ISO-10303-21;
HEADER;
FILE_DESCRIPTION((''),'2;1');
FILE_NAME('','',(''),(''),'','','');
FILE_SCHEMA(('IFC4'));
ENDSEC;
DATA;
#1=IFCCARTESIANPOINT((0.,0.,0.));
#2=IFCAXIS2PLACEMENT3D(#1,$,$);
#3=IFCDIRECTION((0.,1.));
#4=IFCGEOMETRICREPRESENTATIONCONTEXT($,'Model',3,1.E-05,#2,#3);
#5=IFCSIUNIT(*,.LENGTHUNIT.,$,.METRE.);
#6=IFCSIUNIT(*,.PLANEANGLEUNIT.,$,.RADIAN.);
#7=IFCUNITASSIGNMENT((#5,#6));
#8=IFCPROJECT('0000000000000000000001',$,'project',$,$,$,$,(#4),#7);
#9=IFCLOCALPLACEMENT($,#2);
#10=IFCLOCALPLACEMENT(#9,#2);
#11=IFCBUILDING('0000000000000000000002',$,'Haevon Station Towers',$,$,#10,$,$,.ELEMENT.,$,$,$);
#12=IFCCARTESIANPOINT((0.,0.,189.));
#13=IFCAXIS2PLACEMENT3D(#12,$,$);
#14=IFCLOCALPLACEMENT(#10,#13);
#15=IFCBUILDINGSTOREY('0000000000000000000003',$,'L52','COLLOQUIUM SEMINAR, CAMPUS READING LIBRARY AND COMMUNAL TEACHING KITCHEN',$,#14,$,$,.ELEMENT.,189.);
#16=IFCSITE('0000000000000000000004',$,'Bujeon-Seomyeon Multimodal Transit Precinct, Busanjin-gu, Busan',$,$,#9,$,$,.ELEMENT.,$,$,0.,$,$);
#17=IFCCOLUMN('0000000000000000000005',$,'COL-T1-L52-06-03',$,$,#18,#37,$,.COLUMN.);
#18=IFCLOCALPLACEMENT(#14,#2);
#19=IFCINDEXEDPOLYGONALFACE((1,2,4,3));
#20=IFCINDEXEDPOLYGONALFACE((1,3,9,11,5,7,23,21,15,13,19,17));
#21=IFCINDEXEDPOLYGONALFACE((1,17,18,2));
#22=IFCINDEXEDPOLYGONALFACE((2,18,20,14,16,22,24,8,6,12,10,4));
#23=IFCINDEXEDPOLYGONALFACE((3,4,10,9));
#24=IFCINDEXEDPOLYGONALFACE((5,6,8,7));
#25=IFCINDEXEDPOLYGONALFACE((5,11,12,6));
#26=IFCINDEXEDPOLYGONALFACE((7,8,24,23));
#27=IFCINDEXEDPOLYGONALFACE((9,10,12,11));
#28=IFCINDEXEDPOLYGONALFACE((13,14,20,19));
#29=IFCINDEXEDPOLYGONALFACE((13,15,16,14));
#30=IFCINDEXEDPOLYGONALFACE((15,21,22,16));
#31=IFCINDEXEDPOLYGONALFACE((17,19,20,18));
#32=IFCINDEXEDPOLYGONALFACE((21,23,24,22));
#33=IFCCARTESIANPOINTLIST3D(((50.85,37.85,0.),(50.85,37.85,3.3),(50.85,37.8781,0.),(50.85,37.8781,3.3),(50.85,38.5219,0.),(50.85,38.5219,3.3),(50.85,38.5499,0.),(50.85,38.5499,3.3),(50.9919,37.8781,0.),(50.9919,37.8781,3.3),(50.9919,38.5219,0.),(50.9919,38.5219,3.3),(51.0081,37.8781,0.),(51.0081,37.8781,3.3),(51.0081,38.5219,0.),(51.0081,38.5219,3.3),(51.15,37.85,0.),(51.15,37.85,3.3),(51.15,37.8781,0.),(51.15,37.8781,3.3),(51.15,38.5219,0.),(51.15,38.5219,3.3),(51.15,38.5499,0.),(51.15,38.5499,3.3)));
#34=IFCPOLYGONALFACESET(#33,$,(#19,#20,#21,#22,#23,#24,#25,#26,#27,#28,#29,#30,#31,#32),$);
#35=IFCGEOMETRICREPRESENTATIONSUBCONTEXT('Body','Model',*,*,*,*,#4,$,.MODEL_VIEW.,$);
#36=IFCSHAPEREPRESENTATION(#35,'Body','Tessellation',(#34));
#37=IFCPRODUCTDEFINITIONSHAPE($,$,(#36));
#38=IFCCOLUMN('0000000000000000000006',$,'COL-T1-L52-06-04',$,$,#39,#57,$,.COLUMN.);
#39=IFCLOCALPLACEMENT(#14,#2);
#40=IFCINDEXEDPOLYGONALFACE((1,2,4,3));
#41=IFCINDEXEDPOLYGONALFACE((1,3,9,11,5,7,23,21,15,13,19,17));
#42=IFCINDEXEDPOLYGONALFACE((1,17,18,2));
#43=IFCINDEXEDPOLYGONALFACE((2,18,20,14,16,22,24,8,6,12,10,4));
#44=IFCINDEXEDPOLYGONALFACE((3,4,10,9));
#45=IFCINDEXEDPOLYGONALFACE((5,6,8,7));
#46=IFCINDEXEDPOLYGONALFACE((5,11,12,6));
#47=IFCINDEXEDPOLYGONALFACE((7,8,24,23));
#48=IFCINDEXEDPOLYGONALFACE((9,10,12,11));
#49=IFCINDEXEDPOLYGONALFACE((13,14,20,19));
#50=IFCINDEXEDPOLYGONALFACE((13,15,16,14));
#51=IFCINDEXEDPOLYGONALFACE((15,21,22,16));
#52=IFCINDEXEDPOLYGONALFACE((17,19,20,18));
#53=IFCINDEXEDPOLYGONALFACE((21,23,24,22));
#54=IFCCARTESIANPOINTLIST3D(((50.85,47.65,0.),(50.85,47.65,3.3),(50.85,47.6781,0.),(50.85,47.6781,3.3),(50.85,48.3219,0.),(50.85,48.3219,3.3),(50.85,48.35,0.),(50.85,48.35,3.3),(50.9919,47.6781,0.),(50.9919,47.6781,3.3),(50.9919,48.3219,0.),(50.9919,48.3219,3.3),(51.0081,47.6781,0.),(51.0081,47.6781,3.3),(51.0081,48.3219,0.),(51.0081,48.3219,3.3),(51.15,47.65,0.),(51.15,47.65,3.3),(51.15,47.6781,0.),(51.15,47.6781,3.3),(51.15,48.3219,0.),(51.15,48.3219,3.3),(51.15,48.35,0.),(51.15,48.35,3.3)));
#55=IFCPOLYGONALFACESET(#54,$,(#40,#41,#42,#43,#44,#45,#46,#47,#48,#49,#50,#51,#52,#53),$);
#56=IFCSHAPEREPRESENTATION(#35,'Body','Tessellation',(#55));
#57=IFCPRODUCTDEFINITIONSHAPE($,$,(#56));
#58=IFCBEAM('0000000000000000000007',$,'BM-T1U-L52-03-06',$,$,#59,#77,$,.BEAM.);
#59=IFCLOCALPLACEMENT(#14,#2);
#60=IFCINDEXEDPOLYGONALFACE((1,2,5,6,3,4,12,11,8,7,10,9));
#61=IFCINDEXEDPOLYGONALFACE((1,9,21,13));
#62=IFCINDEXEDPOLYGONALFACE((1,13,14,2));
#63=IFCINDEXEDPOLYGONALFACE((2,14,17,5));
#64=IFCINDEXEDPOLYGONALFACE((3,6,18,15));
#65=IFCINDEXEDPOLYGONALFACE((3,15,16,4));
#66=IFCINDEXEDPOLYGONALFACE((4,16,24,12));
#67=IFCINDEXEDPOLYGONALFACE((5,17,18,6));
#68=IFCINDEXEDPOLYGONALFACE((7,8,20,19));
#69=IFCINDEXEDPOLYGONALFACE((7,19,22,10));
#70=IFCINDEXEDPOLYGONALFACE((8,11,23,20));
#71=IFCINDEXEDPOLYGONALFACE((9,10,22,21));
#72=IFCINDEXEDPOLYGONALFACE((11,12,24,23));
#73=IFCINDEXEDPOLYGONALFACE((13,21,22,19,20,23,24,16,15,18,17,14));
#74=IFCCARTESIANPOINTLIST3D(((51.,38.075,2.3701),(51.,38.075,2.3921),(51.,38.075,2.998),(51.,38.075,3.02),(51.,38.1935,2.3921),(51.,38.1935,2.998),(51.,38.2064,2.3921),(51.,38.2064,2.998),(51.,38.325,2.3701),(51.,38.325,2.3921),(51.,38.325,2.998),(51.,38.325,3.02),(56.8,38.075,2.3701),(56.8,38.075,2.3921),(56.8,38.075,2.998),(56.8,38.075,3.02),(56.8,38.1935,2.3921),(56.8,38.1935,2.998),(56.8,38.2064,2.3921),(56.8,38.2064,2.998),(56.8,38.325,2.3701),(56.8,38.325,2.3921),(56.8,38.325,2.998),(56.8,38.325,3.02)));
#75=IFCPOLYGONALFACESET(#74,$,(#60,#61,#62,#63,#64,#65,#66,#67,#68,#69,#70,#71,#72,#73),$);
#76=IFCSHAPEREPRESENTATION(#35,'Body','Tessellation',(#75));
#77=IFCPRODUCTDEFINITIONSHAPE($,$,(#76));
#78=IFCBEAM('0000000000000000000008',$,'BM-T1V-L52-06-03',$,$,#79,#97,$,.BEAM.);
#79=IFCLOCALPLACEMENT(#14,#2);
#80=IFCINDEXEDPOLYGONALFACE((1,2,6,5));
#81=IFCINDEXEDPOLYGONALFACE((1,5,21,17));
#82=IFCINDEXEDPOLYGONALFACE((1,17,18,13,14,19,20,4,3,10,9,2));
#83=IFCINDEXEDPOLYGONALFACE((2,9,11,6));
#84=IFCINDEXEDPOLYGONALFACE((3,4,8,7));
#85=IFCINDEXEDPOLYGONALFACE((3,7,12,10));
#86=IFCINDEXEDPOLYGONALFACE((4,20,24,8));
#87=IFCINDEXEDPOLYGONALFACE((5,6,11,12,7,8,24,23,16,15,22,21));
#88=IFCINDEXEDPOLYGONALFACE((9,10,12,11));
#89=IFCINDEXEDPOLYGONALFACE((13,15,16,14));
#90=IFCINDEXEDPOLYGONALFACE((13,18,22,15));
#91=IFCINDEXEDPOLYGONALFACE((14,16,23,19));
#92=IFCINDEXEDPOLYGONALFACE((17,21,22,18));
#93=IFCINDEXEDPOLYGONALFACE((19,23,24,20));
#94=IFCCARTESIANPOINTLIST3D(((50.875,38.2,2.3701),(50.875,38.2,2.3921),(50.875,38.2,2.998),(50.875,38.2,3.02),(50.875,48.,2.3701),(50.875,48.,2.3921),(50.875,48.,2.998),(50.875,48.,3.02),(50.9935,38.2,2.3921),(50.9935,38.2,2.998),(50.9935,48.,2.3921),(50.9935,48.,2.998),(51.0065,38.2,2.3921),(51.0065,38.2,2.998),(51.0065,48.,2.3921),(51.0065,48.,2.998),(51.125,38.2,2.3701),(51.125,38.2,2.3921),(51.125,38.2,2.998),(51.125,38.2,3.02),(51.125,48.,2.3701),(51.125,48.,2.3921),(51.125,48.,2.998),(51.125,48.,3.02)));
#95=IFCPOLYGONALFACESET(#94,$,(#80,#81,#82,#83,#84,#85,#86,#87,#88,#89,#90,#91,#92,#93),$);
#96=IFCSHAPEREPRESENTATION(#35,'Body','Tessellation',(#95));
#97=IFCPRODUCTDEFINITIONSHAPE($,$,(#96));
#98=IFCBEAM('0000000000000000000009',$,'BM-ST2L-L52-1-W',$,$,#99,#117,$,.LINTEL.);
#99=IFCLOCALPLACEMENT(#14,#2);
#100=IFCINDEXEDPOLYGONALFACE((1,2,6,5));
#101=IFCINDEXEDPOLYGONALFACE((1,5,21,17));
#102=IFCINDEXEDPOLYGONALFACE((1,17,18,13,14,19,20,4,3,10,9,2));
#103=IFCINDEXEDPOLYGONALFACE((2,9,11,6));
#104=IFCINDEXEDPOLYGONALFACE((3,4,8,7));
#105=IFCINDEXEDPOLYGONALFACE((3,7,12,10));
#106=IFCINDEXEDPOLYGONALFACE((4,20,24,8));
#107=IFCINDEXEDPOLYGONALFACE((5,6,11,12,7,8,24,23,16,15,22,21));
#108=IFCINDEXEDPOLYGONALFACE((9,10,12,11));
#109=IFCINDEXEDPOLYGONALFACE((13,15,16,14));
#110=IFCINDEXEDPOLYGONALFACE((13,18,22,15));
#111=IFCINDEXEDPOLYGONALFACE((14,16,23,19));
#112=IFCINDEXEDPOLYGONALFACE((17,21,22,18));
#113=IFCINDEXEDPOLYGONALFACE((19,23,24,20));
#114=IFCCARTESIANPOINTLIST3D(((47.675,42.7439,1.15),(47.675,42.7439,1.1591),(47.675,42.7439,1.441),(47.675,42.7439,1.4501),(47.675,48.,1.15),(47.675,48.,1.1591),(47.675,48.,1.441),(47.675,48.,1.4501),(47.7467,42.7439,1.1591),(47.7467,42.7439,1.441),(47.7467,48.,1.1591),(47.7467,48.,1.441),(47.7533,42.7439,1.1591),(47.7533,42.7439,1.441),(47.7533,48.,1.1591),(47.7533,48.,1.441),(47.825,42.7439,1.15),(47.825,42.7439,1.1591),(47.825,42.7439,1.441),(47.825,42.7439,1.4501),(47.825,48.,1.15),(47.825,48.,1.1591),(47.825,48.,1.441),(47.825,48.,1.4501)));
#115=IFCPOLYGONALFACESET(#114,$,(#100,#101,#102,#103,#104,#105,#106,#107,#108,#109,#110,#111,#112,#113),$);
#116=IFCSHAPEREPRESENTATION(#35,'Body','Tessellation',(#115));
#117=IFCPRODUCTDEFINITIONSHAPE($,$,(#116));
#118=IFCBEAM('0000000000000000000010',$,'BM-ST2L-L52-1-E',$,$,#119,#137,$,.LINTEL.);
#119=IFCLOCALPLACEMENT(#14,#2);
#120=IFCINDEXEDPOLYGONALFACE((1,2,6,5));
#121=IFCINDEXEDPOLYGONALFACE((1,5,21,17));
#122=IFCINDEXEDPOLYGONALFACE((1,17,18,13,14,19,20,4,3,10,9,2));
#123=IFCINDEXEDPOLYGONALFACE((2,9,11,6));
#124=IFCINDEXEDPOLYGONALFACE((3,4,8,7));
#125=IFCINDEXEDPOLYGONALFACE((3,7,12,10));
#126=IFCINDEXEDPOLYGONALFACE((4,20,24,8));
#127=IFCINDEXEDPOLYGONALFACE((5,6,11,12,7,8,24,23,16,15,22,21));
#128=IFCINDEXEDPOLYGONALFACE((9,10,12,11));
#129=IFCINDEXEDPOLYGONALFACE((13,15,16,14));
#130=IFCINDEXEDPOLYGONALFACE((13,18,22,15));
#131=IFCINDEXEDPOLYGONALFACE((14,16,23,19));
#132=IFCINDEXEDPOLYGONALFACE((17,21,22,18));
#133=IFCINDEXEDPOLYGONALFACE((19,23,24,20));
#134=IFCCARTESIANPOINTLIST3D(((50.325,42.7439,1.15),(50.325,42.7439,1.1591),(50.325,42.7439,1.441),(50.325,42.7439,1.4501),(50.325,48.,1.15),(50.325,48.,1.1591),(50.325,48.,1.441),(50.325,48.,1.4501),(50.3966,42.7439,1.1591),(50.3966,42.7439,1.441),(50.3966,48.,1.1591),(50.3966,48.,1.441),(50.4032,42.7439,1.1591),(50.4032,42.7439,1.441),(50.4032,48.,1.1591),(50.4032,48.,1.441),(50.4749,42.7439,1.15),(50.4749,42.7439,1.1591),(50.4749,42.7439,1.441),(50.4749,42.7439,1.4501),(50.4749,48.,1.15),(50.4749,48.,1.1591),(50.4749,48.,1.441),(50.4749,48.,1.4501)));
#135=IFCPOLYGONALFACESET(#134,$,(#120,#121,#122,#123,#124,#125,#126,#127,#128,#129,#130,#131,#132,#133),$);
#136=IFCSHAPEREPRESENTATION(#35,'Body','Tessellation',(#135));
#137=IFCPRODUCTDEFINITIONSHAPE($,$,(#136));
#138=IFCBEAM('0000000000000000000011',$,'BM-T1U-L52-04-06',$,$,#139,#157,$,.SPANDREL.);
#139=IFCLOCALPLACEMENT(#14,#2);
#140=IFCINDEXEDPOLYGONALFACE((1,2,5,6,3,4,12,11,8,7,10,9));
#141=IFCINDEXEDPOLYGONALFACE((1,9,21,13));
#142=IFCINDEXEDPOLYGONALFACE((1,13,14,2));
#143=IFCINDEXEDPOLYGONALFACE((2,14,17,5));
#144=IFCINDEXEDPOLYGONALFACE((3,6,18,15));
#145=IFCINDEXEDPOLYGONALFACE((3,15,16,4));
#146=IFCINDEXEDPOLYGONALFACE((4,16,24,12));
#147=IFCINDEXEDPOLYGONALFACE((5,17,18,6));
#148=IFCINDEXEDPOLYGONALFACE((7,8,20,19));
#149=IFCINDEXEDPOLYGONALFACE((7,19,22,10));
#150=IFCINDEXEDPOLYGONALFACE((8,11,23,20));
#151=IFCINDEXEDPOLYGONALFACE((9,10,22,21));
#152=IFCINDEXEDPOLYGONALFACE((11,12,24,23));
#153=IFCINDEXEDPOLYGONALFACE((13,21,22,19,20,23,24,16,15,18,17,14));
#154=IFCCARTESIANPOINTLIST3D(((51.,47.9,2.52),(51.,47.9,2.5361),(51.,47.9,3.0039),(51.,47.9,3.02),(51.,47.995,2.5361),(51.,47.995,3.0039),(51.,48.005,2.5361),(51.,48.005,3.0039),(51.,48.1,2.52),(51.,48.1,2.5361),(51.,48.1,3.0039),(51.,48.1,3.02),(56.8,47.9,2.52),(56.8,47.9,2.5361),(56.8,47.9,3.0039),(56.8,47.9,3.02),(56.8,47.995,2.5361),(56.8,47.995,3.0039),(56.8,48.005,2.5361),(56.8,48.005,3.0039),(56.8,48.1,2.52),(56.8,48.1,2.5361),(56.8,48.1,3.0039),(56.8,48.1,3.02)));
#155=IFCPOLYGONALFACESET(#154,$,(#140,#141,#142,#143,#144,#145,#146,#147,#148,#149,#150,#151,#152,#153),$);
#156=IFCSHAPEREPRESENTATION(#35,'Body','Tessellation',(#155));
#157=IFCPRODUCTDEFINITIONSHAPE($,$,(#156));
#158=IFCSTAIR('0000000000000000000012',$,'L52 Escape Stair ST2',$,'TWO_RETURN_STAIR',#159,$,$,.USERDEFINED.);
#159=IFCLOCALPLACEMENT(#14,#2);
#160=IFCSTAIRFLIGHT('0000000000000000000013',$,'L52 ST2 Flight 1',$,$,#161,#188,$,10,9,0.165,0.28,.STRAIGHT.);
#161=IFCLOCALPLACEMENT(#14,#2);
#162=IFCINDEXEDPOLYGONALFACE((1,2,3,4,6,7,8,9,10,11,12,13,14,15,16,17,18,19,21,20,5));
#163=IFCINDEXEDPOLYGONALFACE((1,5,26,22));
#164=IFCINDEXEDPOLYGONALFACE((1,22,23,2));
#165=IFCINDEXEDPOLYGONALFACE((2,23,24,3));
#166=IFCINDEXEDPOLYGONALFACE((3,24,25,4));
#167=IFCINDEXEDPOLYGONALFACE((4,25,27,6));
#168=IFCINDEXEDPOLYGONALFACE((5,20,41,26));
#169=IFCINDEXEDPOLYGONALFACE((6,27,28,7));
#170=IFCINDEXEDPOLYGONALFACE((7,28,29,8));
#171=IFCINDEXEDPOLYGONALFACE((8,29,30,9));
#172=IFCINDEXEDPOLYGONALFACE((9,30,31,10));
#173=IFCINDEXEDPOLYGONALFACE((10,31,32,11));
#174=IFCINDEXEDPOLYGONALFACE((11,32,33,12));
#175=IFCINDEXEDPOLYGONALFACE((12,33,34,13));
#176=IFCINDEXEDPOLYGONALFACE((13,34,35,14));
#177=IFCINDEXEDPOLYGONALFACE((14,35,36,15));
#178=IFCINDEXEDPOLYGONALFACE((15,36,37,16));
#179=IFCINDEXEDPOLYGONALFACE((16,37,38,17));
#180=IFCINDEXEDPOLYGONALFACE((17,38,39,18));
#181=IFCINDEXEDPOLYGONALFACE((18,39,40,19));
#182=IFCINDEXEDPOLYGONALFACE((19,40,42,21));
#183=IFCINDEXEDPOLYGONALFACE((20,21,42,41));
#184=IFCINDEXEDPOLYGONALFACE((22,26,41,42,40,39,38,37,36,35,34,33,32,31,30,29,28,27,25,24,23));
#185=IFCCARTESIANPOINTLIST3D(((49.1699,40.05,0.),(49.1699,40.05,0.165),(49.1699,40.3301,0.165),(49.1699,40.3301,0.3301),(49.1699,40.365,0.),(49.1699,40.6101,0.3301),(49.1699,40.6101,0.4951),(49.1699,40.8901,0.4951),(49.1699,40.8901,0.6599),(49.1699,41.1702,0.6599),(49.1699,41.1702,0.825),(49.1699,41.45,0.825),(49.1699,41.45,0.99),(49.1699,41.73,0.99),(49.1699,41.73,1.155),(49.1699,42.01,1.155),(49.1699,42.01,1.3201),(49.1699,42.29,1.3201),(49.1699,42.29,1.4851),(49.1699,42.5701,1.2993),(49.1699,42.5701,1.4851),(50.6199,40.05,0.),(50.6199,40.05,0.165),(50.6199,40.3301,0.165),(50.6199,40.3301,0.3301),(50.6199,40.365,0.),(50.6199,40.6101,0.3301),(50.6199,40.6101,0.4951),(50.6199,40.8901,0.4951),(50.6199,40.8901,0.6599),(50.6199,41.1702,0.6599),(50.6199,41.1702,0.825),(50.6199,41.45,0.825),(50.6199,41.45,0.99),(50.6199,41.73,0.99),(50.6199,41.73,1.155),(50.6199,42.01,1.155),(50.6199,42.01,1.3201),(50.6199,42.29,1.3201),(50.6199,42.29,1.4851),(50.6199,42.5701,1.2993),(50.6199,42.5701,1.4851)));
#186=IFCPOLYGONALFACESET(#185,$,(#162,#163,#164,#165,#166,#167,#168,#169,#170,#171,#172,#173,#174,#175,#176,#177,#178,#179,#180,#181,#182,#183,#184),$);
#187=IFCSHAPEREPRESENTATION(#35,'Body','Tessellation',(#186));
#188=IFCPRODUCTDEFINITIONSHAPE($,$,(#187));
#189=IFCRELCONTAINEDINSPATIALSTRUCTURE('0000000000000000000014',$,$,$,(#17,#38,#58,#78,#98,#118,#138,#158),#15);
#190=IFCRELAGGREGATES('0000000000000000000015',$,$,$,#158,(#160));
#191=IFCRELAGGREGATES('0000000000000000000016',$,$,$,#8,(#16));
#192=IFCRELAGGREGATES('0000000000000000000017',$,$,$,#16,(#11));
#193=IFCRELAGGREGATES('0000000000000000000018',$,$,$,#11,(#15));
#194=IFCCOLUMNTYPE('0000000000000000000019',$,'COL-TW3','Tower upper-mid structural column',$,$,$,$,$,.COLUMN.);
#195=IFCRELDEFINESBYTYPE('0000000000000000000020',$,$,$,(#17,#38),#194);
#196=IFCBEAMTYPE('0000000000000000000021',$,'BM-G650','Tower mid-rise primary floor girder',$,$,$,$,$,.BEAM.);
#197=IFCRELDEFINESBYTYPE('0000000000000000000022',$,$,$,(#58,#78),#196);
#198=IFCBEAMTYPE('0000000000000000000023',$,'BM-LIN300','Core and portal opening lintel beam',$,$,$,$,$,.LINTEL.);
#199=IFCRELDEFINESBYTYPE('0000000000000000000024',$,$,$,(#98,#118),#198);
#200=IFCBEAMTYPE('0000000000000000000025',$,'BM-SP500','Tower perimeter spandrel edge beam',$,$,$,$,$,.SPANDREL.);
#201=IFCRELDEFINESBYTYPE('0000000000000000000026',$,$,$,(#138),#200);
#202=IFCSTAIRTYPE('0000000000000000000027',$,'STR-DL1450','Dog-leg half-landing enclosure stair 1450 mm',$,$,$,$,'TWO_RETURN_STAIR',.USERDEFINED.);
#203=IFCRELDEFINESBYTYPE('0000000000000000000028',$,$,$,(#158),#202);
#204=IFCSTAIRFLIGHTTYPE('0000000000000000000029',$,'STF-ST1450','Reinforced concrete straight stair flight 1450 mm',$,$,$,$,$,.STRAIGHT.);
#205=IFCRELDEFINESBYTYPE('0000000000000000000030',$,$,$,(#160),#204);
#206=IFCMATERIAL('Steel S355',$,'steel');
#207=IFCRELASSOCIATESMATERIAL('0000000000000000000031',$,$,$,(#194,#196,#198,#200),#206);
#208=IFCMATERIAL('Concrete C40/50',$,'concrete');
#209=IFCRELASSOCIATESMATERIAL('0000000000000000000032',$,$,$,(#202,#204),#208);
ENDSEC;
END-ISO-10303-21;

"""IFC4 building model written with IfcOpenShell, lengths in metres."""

from ifc_helpers import new_model, si_unit, direction, frame, origin, origin_2d, place, context, subcontext, project, spatial, polyline, i_section, outline, extrude, material, material_profile, profile_set, type_object, element, aggregate, save


model = new_model("IFC4")

# Units and contexts
model_context = context("Model", 3, precision=1e-05, world=origin(), true_north=direction((0.0, 1.0)))
body_context = subcontext(model_context, "Body", "Model", "MODEL_VIEW")
ifc_project = project(units=[si_unit("LENGTHUNIT", "METRE"), si_unit("PLANEANGLEUNIT", "RADIAN")], contexts=[model_context])

# Site, building, storey
site_placement = place(None, origin())
site = spatial("IfcSite", under=ifc_project, at=site_placement, Name="Bujeon-Seomyeon Multimodal Transit Precinct, Busanjin-gu, Busan", CompositionType="ELEMENT", RefElevation=0.0)
building_placement = place(site_placement, origin())
building = spatial("IfcBuilding", under=site, at=building_placement, Name="Haevon Station Towers", CompositionType="ELEMENT")
storey_placement = place(building_placement, frame((0.0, 0.0, 189.0)))
storey = spatial("IfcBuildingStorey", under=building, at=storey_placement, Name="L52", Description="COLLOQUIUM SEMINAR, CAMPUS READING LIBRARY AND COMMUNAL TEACHING KITCHEN", CompositionType="ELEMENT", Elevation=189.0)

# Columns
ifc_material_1 = material(Name="Steel S355", Category="steel")
ifc_material_profile_1 = material_profile(ifc_material_1, i_section(OverallWidth=0.3, OverallDepth=0.7, WebThickness=0.0161, FlangeThickness=0.0281, at=origin_2d()), Name="H-700x300x16x28")
ifc_profile_set_1 = profile_set([ifc_material_profile_1], Name="Steel S355")
column_type = type_object("IfcColumnType", Name="COL-TW3", Description="Tower upper-mid structural column", PredefinedType="COLUMN", material=ifc_profile_set_1)
for number, where, z_axis, x_axis, name in (
    (1, (51.0, 38.2, 0.0), (0.0, 0.0, 1.0), (1.0, 0.0, 0.0), "COL-T1-L52-06-03"),
    (2, (51.0, 48.0, 0.0), (0.0, 0.0, 1.0), (1.0, 0.0, 0.0), "COL-T1-L52-06-04"),
):
    element("IfcColumn", number, at=place(storey_placement, frame(where, z_axis=z_axis, x_axis=x_axis)), inside=storey, type_object=column_type, Name=name, PredefinedType="COLUMN", context=body_context, shape_type="SweptSolid", body=[
        extrude(i_section(OverallWidth=0.3, OverallDepth=0.7, WebThickness=0.0161, FlangeThickness=0.0281, at=origin_2d()), origin(), (0.0, 0.0, 1.0), 3.3),
    ])

# Beams
ifc_material_profile_2 = material_profile(ifc_material_1, i_section(OverallWidth=0.25, OverallDepth=0.6499, WebThickness=0.0129, FlangeThickness=0.022, at=origin_2d()), Name="H-650x250x13x22")
ifc_profile_set_2 = profile_set([ifc_material_profile_2], Name="Steel S355")
beam_type_1 = type_object("IfcBeamType", Name="BM-G650", Description="Tower mid-rise primary floor girder", PredefinedType="BEAM", material=ifc_profile_set_2)
beam_1_placement = place(storey_placement, frame((51.0, 38.2, 2.6951), z_axis=(1.0, 0.0, 0.0), x_axis=(0.0, 1.0, 0.0)))
element("IfcBeam", 3, at=beam_1_placement, inside=storey, type_object=beam_type_1, Name="BM-T1U-L52-03-06", PredefinedType="BEAM", context=body_context, shape_type="SweptSolid", body=[
    extrude(i_section(OverallWidth=0.25, OverallDepth=0.6499, WebThickness=0.0129, FlangeThickness=0.022, at=origin_2d()), origin(), (0.0, 0.0, 1.0), 5.8),
])
beam_2_placement = place(storey_placement, frame((51.0, 38.2, 2.6951), z_axis=(0.0, 1.0, 0.0), x_axis=(-1.0, 0.0, 0.0)))
element("IfcBeam", 4, at=beam_2_placement, inside=storey, type_object=beam_type_1, Name="BM-T1V-L52-06-03", PredefinedType="BEAM", context=body_context, shape_type="SweptSolid", body=[
    extrude(i_section(OverallWidth=0.25, OverallDepth=0.6499, WebThickness=0.0129, FlangeThickness=0.022, at=origin_2d()), origin(), (0.0, 0.0, 1.0), 9.8),
])
ifc_material_profile_3 = material_profile(ifc_material_1, i_section(OverallWidth=0.1499, OverallDepth=0.3, WebThickness=0.0066, FlangeThickness=0.009, at=origin_2d()), Name="H-300x150x6.5x9")
ifc_profile_set_3 = profile_set([ifc_material_profile_3], Name="Steel S355")
beam_type_2 = type_object("IfcBeamType", Name="BM-LIN300", Description="Core and portal opening lintel beam", PredefinedType="LINTEL", material=ifc_profile_set_3)
for number, where, z_axis, x_axis, name in (
    (5, (47.75, 42.7439, 1.3), (0.0, 1.0, 0.0), (-1.0, 0.0, 0.0), "BM-ST2L-L52-1-W"),
    (6, (50.3999, 42.7439, 1.3), (0.0, 1.0, 0.0), (-1.0, 0.0, 0.0), "BM-ST2L-L52-1-E"),
):
    element("IfcBeam", number, at=place(storey_placement, frame(where, z_axis=z_axis, x_axis=x_axis)), inside=storey, type_object=beam_type_2, Name=name, PredefinedType="LINTEL", context=body_context, shape_type="SweptSolid", body=[
        extrude(i_section(OverallWidth=0.1499, OverallDepth=0.3, WebThickness=0.0066, FlangeThickness=0.009, at=origin_2d()), origin(), (0.0, 0.0, 1.0), 5.2561),
    ])
ifc_material_profile_4 = material_profile(ifc_material_1, i_section(OverallWidth=0.2, OverallDepth=0.5, WebThickness=0.01, FlangeThickness=0.0161, at=origin_2d()), Name="H-500x200x10x16")
ifc_profile_set_4 = profile_set([ifc_material_profile_4], Name="Steel S355")
beam_type_3 = type_object("IfcBeamType", Name="BM-SP500", Description="Tower perimeter spandrel edge beam", PredefinedType="SPANDREL", material=ifc_profile_set_4)
beam_3_placement = place(storey_placement, frame((51.0, 48.0, 2.77), z_axis=(1.0, 0.0, 0.0), x_axis=(0.0, 1.0, 0.0)))
element("IfcBeam", 7, at=beam_3_placement, inside=storey, type_object=beam_type_3, Name="BM-T1U-L52-04-06", PredefinedType="SPANDREL", context=body_context, shape_type="SweptSolid", body=[
    extrude(i_section(OverallWidth=0.2, OverallDepth=0.5, WebThickness=0.01, FlangeThickness=0.0161, at=origin_2d()), origin(), (0.0, 0.0, 1.0), 5.8),
])

# Stair, stair flight
ifc_material_2 = material(Name="Concrete C40/50", Category="concrete")
stair_type = type_object("IfcStairType", Name="STR-DL1450", Description="Dog-leg half-landing enclosure stair 1450 mm", ElementType="TWO_RETURN_STAIR", PredefinedType="USERDEFINED", material=ifc_material_2)
stair_placement = place(storey_placement, origin())
stair = element("IfcStair", 8, at=stair_placement, inside=storey, type_object=stair_type, Name="L52 Escape Stair ST2", ObjectType="TWO_RETURN_STAIR", PredefinedType="USERDEFINED")
stair_flight_type = type_object("IfcStairFlightType", Name="STF-ST1450", Description="Reinforced concrete straight stair flight 1450 mm", PredefinedType="STRAIGHT", material=ifc_material_2)
stair_flight_1_placement = place(storey_placement, frame((49.895, 40.05, 0.0), z_axis=(0.0, 0.0, 1.0), x_axis=(0.0, 1.0, 0.0)))
stair_flight_1 = element("IfcStairFlight", 9, at=stair_flight_1_placement, type_object=stair_flight_type, Name="L52 ST2 Flight 1", NumberOfRisers=10, NumberOfTreads=9, PredefinedType="STRAIGHT", RiserHeight=0.165, TreadLength=0.28, context=body_context, shape_type="SweptSolid", body=[
    extrude(outline(polyline([(0.0, 0.0), (0.0, 0.165), (0.28, 0.165), (0.28, 0.3301), (0.5601, 0.3301), (0.5601, 0.4951), (0.8401, 0.4951), (0.8401, 0.6599), (1.1201, 0.6599), (1.1201, 0.825), (1.3999, 0.825), (1.3999, 0.99), (1.6799, 0.99), (1.6799, 1.155), (1.96, 1.155), (1.96, 1.3201), (2.24, 1.3201), (2.24, 1.4851), (2.52, 1.4851), (2.52, 1.6499), (2.52, 1.2993), (0.3149, 0.0), (0.0, 0.0)])), frame((0.0, 0.7251, 0.0), z_axis=(0.0, -1.0, 0.0), x_axis=(1.0, 0.0, 0.0)), (0.0, 0.0, 1.0), 1.45),
])
aggregate(stair, [stair_flight_1])

save(model, "model.ifc")
